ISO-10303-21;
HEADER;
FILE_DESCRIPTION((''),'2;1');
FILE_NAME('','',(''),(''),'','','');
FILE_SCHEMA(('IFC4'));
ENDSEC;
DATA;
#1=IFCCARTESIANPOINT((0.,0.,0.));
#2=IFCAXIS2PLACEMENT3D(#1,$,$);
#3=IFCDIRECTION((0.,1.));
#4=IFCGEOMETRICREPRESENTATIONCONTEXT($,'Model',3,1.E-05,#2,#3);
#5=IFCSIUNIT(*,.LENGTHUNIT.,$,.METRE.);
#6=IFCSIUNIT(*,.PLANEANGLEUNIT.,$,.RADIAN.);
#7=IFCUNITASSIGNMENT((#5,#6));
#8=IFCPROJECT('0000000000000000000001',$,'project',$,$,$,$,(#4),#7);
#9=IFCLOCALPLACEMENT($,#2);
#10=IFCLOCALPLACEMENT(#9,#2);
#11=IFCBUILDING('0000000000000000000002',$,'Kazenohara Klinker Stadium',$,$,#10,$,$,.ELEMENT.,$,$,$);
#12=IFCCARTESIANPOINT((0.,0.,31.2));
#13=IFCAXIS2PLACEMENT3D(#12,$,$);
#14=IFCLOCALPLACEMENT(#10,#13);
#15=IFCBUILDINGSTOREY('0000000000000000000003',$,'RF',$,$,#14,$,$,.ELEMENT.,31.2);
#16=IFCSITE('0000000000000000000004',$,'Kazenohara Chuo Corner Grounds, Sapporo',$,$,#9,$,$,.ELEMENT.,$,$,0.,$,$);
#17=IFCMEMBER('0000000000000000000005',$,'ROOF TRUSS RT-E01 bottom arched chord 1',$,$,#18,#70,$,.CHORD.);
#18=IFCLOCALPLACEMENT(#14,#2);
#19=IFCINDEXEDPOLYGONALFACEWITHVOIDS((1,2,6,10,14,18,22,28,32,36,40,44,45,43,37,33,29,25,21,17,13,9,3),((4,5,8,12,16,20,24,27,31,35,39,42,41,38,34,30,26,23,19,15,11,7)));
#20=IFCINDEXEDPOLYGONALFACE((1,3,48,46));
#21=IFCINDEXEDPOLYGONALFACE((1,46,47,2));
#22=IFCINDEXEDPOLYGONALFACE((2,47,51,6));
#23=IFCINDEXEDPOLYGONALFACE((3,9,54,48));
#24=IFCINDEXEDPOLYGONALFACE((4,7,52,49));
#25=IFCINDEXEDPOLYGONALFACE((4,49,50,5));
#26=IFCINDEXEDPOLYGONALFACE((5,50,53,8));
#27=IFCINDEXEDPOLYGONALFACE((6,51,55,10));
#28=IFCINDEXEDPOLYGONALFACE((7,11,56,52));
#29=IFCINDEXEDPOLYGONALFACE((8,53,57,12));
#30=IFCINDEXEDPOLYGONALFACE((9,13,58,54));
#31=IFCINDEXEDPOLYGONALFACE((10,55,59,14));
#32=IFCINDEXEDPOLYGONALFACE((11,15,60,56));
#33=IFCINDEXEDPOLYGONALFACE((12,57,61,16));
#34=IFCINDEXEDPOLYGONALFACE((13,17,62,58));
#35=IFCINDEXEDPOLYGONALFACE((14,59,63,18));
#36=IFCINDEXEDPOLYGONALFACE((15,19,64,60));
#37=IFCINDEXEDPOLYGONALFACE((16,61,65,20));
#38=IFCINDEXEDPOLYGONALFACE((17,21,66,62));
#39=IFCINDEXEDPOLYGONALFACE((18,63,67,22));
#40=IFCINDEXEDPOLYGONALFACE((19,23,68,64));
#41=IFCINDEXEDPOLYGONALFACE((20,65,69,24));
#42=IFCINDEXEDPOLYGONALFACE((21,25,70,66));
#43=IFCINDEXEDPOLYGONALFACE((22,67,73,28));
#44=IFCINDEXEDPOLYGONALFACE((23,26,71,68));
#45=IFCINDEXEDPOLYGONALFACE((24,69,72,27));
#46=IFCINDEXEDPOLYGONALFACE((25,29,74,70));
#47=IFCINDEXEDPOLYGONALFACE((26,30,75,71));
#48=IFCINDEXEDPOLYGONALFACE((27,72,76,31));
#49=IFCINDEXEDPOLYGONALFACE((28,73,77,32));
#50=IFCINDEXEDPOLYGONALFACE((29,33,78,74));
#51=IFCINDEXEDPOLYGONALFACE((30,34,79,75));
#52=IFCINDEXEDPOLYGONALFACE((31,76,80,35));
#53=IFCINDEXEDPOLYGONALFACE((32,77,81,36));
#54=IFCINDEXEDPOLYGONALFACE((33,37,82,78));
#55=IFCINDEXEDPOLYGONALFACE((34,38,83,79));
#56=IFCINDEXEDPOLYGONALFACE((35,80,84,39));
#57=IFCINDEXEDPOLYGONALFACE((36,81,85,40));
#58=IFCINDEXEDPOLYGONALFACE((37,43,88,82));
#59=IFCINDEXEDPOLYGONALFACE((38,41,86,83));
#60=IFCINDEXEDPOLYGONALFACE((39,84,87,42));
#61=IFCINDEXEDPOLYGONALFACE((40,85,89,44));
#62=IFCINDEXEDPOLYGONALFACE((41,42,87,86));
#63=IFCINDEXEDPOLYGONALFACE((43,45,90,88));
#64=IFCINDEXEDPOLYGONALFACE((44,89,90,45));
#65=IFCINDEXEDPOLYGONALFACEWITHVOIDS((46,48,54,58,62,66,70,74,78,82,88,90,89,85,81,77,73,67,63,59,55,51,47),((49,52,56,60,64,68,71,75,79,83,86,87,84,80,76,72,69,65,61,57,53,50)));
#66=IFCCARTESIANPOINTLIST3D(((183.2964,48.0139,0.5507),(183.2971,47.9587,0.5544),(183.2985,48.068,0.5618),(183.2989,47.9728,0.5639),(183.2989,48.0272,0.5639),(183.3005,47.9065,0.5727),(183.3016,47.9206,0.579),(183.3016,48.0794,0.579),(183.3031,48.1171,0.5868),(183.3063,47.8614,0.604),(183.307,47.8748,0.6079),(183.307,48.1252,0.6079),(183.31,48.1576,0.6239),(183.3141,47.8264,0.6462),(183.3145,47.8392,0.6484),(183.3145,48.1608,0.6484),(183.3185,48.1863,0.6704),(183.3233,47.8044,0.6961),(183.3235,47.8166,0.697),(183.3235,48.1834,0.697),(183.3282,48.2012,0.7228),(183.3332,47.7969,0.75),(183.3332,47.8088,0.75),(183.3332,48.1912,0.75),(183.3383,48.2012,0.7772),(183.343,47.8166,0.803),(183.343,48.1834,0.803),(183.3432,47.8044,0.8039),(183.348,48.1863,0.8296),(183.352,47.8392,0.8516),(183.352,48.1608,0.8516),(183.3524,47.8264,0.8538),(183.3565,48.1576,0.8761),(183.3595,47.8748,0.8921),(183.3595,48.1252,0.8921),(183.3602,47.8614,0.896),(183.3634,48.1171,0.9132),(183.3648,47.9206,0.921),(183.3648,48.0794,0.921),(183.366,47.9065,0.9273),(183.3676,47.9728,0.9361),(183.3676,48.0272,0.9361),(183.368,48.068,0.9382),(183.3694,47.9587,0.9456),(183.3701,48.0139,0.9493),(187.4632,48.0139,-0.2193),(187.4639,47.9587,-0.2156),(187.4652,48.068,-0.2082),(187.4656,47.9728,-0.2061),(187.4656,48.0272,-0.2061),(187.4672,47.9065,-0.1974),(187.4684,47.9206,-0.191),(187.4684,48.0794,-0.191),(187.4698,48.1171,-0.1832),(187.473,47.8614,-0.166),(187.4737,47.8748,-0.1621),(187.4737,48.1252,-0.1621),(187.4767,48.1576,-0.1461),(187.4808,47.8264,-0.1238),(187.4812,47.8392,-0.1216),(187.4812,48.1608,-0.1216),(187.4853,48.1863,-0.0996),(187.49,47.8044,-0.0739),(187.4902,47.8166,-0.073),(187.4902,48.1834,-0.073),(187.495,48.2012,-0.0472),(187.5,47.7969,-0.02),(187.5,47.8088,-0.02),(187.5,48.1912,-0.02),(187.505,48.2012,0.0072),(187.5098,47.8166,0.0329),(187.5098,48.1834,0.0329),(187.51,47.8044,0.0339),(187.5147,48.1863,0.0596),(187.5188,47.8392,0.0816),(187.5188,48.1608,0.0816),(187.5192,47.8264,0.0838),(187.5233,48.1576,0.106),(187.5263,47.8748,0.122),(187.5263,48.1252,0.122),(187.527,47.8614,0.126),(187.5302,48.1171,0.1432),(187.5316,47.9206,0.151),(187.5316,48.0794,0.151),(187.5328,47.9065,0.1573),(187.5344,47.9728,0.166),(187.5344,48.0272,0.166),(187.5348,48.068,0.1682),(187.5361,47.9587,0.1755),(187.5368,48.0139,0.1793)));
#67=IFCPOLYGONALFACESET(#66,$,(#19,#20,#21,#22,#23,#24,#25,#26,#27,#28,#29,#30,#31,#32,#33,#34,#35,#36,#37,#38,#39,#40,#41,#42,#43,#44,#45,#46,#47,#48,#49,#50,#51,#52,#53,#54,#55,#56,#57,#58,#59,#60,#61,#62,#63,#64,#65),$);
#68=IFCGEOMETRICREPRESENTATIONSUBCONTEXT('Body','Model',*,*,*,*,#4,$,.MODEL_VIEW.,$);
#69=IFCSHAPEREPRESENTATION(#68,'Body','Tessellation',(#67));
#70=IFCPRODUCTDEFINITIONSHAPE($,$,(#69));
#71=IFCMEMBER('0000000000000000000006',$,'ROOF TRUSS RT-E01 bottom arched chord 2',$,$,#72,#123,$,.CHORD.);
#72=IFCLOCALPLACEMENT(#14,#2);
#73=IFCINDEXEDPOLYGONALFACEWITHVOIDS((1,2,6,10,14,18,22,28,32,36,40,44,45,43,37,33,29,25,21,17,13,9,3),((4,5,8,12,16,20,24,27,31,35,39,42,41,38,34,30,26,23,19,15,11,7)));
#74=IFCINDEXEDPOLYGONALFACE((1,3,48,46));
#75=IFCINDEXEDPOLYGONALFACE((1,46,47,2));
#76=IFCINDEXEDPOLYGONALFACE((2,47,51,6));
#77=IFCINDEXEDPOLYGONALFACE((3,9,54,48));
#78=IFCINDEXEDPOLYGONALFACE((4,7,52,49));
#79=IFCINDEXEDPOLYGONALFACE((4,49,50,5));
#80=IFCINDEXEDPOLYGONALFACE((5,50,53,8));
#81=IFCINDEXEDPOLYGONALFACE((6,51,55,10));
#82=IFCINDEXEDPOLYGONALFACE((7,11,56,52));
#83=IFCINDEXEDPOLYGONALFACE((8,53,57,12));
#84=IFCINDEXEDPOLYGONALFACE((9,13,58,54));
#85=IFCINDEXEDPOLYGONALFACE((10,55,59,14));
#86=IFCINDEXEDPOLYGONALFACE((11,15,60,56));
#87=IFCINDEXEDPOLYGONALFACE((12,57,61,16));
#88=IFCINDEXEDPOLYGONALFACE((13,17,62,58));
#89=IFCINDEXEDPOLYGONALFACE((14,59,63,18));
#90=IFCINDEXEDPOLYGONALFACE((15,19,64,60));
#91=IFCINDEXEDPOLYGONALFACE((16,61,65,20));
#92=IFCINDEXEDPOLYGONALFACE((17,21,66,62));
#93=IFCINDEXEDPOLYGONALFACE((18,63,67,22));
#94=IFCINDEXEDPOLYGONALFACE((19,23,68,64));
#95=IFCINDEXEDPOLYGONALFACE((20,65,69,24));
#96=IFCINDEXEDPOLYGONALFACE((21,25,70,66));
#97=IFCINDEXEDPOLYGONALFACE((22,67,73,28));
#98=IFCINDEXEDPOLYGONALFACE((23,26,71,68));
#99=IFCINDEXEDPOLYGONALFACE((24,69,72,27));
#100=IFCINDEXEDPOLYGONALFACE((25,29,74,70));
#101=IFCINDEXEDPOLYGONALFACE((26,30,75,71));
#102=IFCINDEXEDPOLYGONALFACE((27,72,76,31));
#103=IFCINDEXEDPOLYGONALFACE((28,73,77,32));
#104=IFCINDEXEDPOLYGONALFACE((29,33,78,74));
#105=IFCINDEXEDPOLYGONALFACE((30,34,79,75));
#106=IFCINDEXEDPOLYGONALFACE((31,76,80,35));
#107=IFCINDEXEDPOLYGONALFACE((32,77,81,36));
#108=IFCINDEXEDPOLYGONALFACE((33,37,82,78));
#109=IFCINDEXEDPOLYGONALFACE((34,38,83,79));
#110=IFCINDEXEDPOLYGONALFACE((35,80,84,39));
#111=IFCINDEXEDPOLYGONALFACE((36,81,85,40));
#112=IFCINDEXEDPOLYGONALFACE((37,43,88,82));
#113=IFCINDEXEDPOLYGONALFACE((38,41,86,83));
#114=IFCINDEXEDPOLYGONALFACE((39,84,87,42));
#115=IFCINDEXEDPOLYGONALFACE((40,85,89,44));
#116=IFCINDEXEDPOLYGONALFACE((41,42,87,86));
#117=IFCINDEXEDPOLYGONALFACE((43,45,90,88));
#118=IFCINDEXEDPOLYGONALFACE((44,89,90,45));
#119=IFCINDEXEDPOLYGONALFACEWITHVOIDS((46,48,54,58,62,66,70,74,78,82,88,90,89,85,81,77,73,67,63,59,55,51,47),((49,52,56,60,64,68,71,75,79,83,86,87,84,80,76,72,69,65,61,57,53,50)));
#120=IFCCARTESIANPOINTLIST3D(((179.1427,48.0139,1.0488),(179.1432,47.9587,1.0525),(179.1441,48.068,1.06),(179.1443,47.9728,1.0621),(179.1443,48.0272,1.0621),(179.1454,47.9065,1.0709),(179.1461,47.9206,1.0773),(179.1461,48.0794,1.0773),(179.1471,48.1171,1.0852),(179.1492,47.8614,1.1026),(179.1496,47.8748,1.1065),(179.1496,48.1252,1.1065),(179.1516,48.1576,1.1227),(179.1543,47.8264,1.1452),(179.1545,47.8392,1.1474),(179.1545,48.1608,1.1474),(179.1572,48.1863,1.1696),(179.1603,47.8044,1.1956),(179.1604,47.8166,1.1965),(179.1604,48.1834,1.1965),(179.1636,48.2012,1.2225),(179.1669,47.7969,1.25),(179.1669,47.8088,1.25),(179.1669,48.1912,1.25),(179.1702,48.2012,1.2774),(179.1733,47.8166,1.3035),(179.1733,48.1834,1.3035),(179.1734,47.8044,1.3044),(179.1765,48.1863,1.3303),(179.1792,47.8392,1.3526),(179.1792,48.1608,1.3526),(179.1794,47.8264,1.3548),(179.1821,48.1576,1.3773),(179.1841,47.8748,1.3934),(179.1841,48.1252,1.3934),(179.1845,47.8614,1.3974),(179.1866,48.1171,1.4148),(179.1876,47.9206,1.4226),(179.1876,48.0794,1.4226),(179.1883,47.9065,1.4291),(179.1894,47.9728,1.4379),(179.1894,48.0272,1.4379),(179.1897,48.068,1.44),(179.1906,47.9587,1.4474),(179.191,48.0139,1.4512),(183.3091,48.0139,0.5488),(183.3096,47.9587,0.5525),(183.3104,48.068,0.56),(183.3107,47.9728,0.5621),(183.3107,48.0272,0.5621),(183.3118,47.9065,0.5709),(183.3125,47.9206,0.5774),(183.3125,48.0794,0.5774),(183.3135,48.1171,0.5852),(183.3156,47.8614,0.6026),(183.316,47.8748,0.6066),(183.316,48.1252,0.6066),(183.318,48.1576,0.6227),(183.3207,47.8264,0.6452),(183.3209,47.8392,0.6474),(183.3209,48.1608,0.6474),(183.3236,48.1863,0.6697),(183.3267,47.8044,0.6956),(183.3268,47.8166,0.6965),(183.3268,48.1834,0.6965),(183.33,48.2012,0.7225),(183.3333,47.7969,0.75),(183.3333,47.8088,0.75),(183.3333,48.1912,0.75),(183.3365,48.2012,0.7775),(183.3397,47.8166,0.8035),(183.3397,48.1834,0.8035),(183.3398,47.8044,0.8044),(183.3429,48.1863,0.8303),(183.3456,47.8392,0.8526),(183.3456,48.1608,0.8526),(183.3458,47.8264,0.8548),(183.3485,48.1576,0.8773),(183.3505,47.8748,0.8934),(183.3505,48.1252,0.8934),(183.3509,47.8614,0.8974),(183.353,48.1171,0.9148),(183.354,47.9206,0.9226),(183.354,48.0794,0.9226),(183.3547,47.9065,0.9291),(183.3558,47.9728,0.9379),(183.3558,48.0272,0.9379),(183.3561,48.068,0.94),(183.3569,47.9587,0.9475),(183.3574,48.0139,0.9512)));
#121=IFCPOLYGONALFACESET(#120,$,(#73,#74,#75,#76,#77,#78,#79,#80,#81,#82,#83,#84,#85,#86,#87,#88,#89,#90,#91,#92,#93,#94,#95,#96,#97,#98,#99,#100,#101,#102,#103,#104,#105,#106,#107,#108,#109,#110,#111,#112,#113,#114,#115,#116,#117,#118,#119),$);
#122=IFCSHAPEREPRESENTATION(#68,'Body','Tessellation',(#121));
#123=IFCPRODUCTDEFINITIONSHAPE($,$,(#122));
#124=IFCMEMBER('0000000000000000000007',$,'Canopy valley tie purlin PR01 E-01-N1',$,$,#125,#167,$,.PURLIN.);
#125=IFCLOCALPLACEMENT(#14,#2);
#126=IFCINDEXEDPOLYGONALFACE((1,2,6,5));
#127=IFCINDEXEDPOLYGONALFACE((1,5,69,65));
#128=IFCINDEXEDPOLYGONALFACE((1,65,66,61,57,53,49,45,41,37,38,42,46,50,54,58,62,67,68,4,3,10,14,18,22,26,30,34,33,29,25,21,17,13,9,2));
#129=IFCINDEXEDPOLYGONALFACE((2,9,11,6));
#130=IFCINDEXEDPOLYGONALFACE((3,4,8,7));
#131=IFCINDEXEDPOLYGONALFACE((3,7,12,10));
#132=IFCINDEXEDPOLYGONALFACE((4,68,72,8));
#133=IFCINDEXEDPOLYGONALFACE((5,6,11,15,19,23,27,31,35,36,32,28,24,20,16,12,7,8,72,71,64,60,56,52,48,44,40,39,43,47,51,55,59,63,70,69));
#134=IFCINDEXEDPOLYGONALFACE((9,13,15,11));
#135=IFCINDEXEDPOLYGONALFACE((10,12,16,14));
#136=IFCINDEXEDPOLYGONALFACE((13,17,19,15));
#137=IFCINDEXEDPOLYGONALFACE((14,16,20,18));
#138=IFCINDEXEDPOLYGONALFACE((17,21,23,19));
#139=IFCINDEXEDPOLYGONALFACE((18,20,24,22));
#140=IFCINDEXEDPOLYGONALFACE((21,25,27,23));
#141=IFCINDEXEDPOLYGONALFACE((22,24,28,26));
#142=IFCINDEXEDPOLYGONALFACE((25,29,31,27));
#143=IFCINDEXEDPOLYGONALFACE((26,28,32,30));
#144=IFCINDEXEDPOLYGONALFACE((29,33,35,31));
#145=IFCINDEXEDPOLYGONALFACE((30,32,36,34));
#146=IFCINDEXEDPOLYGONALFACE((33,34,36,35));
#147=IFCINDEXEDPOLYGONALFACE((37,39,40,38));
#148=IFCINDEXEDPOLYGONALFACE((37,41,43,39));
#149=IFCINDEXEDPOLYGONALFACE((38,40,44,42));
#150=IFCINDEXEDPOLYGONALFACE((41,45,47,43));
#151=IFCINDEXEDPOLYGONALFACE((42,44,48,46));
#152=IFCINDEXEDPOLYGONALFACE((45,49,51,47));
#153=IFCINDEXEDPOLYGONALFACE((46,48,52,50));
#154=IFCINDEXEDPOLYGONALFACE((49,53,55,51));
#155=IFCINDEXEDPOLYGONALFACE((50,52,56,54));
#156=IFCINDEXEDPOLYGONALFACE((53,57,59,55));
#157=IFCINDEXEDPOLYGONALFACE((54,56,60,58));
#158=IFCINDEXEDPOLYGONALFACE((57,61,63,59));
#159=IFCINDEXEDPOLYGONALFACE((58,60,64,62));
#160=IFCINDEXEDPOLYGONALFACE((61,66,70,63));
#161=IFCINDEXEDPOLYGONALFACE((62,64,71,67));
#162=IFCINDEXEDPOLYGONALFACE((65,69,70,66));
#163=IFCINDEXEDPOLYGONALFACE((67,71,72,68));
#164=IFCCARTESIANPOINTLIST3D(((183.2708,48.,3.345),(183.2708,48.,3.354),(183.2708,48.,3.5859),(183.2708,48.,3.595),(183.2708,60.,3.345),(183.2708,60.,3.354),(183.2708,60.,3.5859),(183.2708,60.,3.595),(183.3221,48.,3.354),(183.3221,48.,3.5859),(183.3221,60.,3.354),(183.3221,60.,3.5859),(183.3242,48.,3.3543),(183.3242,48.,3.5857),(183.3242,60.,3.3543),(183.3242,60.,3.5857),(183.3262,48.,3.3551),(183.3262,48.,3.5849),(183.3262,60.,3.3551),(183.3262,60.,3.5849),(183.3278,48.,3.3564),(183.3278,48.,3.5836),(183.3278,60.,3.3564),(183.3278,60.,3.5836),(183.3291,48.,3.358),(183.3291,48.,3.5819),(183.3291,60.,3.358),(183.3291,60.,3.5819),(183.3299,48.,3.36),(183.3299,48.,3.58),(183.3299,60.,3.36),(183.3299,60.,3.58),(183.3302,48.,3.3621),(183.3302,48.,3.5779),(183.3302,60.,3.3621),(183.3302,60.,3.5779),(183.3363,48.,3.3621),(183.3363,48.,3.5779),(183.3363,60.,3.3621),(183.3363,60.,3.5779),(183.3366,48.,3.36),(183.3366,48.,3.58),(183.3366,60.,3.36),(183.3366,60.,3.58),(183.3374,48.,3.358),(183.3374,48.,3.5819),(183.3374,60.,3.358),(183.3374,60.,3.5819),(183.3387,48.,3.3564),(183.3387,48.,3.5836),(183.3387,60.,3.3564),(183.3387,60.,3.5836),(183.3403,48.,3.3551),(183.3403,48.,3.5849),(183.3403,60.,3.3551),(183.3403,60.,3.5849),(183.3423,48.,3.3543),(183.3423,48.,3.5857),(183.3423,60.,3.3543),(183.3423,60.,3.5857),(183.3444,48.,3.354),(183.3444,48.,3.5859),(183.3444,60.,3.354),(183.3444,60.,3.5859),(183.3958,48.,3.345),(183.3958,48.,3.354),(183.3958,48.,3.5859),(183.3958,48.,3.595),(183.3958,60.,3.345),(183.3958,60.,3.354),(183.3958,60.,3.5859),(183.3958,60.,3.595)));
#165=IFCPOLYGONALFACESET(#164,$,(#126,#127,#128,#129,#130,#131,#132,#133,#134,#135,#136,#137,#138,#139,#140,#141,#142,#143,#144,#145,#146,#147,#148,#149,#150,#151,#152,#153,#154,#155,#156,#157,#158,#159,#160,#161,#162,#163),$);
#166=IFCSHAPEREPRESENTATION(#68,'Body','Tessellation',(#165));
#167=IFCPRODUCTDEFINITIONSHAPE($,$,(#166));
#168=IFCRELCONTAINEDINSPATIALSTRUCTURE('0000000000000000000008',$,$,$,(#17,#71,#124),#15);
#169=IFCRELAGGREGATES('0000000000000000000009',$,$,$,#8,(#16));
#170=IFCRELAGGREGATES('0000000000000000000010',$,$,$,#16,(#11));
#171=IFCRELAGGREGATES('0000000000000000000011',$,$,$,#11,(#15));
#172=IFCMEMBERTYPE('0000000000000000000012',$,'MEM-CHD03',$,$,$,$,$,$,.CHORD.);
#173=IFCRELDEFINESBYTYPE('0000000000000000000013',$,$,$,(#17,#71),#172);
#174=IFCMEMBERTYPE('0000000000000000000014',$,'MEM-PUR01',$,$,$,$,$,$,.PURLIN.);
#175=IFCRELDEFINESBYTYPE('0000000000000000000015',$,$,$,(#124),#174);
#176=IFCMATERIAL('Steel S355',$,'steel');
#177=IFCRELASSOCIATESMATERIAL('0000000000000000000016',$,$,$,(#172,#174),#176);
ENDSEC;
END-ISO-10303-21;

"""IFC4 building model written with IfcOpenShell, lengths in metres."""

from ifc_helpers import new_model, si_unit, direction, frame, origin, origin_2d, place, context, subcontext, project, spatial, hollow_circle, i_section, extrude, material, material_profile, profile_set, type_object, element, save


model = new_model("IFC4")

# Units and contexts
model_context = context("Model", 3, precision=1e-05, world=origin(), true_north=direction((0.0, 1.0)))
body_context = subcontext(model_context, "Body", "Model", "MODEL_VIEW")
ifc_project = project(units=[si_unit("LENGTHUNIT", "METRE"), si_unit("PLANEANGLEUNIT", "RADIAN")], contexts=[model_context])

# Site, building, storey
site_placement = place(None, origin())
site = spatial("IfcSite", under=ifc_project, at=site_placement, Name="Kazenohara Chuo Corner Grounds, Sapporo", CompositionType="ELEMENT", RefElevation=0.0)
building_placement = place(site_placement, origin())
building = spatial("IfcBuilding", under=site, at=building_placement, Name="Kazenohara Klinker Stadium", CompositionType="ELEMENT")
storey_placement = place(building_placement, frame((0.0, 0.0, 31.2)))
storey = spatial("IfcBuildingStorey", under=building, at=storey_placement, Name="RF", CompositionType="ELEMENT", Elevation=31.2)

# Members
ifc_material_1 = material(Name="Steel S355", Category="steel")
ifc_material_profile_1 = material_profile(ifc_material_1, hollow_circle(Radius=0.2031, WallThickness=0.012, at=origin_2d()), Name="CHS-406.4x12")
ifc_profile_set_1 = profile_set([ifc_material_profile_1], Name="Steel S355")
member_type_1 = type_object("IfcMemberType", Name="MEM-CHD03", PredefinedType="CHORD", material=ifc_profile_set_1)
member_1_placement = place(storey_placement, frame((187.5, 48.0, -0.02), z_axis=(-0.98335, 0.0, 0.181724), x_axis=(0.0, -1.0, 0.0)))
element("IfcMember", 1, at=member_1_placement, inside=storey, type_object=member_type_1, Name="ROOF TRUSS RT-E01 bottom arched chord 1", PredefinedType="CHORD", context=body_context, shape_type="SweptSolid", body=[
    extrude(hollow_circle(Radius=0.2031, WallThickness=0.012, at=origin_2d()), origin(), (0.0, 0.0, 1.0), 4.2373),
])
member_2_placement = place(storey_placement, frame((183.3333, 48.0, 0.75), z_axis=(-0.992876, 0.0, 0.11915), x_axis=(0.0, -1.0, 0.0)))
element("IfcMember", 2, at=member_2_placement, inside=storey, type_object=member_type_1, Name="ROOF TRUSS RT-E01 bottom arched chord 2", PredefinedType="CHORD", context=body_context, shape_type="SweptSolid", body=[
    extrude(hollow_circle(Radius=0.2031, WallThickness=0.012, at=origin_2d()), origin(), (0.0, 0.0, 1.0), 4.1963),
])
ifc_material_profile_2 = material_profile(ifc_material_1, i_section(OverallWidth=0.125, OverallDepth=0.25, WebThickness=0.0061, FlangeThickness=0.009, FilletRadius=0.0081, at=origin_2d()), Name="H-250x125x6x9")
ifc_profile_set_2 = profile_set([ifc_material_profile_2], Name="Steel S355")
member_type_2 = type_object("IfcMemberType", Name="MEM-PUR01", PredefinedType="PURLIN", material=ifc_profile_set_2)
member_3_placement = place(storey_placement, frame((183.3333, 48.0, 3.47), z_axis=(0.0, 1.0, 0.0), x_axis=(-1.0, 0.0, 0.0)))
element("IfcMember", 3, at=member_3_placement, inside=storey, type_object=member_type_2, Name="Canopy valley tie purlin PR01 E-01-N1", PredefinedType="PURLIN", context=body_context, shape_type="SweptSolid", body=[
    extrude(i_section(OverallWidth=0.125, OverallDepth=0.25, WebThickness=0.0061, FlangeThickness=0.009, FilletRadius=0.0081, at=origin_2d()), origin(), (0.0, 0.0, 1.0), 12.0),
])

save(model, "model.ifc")
